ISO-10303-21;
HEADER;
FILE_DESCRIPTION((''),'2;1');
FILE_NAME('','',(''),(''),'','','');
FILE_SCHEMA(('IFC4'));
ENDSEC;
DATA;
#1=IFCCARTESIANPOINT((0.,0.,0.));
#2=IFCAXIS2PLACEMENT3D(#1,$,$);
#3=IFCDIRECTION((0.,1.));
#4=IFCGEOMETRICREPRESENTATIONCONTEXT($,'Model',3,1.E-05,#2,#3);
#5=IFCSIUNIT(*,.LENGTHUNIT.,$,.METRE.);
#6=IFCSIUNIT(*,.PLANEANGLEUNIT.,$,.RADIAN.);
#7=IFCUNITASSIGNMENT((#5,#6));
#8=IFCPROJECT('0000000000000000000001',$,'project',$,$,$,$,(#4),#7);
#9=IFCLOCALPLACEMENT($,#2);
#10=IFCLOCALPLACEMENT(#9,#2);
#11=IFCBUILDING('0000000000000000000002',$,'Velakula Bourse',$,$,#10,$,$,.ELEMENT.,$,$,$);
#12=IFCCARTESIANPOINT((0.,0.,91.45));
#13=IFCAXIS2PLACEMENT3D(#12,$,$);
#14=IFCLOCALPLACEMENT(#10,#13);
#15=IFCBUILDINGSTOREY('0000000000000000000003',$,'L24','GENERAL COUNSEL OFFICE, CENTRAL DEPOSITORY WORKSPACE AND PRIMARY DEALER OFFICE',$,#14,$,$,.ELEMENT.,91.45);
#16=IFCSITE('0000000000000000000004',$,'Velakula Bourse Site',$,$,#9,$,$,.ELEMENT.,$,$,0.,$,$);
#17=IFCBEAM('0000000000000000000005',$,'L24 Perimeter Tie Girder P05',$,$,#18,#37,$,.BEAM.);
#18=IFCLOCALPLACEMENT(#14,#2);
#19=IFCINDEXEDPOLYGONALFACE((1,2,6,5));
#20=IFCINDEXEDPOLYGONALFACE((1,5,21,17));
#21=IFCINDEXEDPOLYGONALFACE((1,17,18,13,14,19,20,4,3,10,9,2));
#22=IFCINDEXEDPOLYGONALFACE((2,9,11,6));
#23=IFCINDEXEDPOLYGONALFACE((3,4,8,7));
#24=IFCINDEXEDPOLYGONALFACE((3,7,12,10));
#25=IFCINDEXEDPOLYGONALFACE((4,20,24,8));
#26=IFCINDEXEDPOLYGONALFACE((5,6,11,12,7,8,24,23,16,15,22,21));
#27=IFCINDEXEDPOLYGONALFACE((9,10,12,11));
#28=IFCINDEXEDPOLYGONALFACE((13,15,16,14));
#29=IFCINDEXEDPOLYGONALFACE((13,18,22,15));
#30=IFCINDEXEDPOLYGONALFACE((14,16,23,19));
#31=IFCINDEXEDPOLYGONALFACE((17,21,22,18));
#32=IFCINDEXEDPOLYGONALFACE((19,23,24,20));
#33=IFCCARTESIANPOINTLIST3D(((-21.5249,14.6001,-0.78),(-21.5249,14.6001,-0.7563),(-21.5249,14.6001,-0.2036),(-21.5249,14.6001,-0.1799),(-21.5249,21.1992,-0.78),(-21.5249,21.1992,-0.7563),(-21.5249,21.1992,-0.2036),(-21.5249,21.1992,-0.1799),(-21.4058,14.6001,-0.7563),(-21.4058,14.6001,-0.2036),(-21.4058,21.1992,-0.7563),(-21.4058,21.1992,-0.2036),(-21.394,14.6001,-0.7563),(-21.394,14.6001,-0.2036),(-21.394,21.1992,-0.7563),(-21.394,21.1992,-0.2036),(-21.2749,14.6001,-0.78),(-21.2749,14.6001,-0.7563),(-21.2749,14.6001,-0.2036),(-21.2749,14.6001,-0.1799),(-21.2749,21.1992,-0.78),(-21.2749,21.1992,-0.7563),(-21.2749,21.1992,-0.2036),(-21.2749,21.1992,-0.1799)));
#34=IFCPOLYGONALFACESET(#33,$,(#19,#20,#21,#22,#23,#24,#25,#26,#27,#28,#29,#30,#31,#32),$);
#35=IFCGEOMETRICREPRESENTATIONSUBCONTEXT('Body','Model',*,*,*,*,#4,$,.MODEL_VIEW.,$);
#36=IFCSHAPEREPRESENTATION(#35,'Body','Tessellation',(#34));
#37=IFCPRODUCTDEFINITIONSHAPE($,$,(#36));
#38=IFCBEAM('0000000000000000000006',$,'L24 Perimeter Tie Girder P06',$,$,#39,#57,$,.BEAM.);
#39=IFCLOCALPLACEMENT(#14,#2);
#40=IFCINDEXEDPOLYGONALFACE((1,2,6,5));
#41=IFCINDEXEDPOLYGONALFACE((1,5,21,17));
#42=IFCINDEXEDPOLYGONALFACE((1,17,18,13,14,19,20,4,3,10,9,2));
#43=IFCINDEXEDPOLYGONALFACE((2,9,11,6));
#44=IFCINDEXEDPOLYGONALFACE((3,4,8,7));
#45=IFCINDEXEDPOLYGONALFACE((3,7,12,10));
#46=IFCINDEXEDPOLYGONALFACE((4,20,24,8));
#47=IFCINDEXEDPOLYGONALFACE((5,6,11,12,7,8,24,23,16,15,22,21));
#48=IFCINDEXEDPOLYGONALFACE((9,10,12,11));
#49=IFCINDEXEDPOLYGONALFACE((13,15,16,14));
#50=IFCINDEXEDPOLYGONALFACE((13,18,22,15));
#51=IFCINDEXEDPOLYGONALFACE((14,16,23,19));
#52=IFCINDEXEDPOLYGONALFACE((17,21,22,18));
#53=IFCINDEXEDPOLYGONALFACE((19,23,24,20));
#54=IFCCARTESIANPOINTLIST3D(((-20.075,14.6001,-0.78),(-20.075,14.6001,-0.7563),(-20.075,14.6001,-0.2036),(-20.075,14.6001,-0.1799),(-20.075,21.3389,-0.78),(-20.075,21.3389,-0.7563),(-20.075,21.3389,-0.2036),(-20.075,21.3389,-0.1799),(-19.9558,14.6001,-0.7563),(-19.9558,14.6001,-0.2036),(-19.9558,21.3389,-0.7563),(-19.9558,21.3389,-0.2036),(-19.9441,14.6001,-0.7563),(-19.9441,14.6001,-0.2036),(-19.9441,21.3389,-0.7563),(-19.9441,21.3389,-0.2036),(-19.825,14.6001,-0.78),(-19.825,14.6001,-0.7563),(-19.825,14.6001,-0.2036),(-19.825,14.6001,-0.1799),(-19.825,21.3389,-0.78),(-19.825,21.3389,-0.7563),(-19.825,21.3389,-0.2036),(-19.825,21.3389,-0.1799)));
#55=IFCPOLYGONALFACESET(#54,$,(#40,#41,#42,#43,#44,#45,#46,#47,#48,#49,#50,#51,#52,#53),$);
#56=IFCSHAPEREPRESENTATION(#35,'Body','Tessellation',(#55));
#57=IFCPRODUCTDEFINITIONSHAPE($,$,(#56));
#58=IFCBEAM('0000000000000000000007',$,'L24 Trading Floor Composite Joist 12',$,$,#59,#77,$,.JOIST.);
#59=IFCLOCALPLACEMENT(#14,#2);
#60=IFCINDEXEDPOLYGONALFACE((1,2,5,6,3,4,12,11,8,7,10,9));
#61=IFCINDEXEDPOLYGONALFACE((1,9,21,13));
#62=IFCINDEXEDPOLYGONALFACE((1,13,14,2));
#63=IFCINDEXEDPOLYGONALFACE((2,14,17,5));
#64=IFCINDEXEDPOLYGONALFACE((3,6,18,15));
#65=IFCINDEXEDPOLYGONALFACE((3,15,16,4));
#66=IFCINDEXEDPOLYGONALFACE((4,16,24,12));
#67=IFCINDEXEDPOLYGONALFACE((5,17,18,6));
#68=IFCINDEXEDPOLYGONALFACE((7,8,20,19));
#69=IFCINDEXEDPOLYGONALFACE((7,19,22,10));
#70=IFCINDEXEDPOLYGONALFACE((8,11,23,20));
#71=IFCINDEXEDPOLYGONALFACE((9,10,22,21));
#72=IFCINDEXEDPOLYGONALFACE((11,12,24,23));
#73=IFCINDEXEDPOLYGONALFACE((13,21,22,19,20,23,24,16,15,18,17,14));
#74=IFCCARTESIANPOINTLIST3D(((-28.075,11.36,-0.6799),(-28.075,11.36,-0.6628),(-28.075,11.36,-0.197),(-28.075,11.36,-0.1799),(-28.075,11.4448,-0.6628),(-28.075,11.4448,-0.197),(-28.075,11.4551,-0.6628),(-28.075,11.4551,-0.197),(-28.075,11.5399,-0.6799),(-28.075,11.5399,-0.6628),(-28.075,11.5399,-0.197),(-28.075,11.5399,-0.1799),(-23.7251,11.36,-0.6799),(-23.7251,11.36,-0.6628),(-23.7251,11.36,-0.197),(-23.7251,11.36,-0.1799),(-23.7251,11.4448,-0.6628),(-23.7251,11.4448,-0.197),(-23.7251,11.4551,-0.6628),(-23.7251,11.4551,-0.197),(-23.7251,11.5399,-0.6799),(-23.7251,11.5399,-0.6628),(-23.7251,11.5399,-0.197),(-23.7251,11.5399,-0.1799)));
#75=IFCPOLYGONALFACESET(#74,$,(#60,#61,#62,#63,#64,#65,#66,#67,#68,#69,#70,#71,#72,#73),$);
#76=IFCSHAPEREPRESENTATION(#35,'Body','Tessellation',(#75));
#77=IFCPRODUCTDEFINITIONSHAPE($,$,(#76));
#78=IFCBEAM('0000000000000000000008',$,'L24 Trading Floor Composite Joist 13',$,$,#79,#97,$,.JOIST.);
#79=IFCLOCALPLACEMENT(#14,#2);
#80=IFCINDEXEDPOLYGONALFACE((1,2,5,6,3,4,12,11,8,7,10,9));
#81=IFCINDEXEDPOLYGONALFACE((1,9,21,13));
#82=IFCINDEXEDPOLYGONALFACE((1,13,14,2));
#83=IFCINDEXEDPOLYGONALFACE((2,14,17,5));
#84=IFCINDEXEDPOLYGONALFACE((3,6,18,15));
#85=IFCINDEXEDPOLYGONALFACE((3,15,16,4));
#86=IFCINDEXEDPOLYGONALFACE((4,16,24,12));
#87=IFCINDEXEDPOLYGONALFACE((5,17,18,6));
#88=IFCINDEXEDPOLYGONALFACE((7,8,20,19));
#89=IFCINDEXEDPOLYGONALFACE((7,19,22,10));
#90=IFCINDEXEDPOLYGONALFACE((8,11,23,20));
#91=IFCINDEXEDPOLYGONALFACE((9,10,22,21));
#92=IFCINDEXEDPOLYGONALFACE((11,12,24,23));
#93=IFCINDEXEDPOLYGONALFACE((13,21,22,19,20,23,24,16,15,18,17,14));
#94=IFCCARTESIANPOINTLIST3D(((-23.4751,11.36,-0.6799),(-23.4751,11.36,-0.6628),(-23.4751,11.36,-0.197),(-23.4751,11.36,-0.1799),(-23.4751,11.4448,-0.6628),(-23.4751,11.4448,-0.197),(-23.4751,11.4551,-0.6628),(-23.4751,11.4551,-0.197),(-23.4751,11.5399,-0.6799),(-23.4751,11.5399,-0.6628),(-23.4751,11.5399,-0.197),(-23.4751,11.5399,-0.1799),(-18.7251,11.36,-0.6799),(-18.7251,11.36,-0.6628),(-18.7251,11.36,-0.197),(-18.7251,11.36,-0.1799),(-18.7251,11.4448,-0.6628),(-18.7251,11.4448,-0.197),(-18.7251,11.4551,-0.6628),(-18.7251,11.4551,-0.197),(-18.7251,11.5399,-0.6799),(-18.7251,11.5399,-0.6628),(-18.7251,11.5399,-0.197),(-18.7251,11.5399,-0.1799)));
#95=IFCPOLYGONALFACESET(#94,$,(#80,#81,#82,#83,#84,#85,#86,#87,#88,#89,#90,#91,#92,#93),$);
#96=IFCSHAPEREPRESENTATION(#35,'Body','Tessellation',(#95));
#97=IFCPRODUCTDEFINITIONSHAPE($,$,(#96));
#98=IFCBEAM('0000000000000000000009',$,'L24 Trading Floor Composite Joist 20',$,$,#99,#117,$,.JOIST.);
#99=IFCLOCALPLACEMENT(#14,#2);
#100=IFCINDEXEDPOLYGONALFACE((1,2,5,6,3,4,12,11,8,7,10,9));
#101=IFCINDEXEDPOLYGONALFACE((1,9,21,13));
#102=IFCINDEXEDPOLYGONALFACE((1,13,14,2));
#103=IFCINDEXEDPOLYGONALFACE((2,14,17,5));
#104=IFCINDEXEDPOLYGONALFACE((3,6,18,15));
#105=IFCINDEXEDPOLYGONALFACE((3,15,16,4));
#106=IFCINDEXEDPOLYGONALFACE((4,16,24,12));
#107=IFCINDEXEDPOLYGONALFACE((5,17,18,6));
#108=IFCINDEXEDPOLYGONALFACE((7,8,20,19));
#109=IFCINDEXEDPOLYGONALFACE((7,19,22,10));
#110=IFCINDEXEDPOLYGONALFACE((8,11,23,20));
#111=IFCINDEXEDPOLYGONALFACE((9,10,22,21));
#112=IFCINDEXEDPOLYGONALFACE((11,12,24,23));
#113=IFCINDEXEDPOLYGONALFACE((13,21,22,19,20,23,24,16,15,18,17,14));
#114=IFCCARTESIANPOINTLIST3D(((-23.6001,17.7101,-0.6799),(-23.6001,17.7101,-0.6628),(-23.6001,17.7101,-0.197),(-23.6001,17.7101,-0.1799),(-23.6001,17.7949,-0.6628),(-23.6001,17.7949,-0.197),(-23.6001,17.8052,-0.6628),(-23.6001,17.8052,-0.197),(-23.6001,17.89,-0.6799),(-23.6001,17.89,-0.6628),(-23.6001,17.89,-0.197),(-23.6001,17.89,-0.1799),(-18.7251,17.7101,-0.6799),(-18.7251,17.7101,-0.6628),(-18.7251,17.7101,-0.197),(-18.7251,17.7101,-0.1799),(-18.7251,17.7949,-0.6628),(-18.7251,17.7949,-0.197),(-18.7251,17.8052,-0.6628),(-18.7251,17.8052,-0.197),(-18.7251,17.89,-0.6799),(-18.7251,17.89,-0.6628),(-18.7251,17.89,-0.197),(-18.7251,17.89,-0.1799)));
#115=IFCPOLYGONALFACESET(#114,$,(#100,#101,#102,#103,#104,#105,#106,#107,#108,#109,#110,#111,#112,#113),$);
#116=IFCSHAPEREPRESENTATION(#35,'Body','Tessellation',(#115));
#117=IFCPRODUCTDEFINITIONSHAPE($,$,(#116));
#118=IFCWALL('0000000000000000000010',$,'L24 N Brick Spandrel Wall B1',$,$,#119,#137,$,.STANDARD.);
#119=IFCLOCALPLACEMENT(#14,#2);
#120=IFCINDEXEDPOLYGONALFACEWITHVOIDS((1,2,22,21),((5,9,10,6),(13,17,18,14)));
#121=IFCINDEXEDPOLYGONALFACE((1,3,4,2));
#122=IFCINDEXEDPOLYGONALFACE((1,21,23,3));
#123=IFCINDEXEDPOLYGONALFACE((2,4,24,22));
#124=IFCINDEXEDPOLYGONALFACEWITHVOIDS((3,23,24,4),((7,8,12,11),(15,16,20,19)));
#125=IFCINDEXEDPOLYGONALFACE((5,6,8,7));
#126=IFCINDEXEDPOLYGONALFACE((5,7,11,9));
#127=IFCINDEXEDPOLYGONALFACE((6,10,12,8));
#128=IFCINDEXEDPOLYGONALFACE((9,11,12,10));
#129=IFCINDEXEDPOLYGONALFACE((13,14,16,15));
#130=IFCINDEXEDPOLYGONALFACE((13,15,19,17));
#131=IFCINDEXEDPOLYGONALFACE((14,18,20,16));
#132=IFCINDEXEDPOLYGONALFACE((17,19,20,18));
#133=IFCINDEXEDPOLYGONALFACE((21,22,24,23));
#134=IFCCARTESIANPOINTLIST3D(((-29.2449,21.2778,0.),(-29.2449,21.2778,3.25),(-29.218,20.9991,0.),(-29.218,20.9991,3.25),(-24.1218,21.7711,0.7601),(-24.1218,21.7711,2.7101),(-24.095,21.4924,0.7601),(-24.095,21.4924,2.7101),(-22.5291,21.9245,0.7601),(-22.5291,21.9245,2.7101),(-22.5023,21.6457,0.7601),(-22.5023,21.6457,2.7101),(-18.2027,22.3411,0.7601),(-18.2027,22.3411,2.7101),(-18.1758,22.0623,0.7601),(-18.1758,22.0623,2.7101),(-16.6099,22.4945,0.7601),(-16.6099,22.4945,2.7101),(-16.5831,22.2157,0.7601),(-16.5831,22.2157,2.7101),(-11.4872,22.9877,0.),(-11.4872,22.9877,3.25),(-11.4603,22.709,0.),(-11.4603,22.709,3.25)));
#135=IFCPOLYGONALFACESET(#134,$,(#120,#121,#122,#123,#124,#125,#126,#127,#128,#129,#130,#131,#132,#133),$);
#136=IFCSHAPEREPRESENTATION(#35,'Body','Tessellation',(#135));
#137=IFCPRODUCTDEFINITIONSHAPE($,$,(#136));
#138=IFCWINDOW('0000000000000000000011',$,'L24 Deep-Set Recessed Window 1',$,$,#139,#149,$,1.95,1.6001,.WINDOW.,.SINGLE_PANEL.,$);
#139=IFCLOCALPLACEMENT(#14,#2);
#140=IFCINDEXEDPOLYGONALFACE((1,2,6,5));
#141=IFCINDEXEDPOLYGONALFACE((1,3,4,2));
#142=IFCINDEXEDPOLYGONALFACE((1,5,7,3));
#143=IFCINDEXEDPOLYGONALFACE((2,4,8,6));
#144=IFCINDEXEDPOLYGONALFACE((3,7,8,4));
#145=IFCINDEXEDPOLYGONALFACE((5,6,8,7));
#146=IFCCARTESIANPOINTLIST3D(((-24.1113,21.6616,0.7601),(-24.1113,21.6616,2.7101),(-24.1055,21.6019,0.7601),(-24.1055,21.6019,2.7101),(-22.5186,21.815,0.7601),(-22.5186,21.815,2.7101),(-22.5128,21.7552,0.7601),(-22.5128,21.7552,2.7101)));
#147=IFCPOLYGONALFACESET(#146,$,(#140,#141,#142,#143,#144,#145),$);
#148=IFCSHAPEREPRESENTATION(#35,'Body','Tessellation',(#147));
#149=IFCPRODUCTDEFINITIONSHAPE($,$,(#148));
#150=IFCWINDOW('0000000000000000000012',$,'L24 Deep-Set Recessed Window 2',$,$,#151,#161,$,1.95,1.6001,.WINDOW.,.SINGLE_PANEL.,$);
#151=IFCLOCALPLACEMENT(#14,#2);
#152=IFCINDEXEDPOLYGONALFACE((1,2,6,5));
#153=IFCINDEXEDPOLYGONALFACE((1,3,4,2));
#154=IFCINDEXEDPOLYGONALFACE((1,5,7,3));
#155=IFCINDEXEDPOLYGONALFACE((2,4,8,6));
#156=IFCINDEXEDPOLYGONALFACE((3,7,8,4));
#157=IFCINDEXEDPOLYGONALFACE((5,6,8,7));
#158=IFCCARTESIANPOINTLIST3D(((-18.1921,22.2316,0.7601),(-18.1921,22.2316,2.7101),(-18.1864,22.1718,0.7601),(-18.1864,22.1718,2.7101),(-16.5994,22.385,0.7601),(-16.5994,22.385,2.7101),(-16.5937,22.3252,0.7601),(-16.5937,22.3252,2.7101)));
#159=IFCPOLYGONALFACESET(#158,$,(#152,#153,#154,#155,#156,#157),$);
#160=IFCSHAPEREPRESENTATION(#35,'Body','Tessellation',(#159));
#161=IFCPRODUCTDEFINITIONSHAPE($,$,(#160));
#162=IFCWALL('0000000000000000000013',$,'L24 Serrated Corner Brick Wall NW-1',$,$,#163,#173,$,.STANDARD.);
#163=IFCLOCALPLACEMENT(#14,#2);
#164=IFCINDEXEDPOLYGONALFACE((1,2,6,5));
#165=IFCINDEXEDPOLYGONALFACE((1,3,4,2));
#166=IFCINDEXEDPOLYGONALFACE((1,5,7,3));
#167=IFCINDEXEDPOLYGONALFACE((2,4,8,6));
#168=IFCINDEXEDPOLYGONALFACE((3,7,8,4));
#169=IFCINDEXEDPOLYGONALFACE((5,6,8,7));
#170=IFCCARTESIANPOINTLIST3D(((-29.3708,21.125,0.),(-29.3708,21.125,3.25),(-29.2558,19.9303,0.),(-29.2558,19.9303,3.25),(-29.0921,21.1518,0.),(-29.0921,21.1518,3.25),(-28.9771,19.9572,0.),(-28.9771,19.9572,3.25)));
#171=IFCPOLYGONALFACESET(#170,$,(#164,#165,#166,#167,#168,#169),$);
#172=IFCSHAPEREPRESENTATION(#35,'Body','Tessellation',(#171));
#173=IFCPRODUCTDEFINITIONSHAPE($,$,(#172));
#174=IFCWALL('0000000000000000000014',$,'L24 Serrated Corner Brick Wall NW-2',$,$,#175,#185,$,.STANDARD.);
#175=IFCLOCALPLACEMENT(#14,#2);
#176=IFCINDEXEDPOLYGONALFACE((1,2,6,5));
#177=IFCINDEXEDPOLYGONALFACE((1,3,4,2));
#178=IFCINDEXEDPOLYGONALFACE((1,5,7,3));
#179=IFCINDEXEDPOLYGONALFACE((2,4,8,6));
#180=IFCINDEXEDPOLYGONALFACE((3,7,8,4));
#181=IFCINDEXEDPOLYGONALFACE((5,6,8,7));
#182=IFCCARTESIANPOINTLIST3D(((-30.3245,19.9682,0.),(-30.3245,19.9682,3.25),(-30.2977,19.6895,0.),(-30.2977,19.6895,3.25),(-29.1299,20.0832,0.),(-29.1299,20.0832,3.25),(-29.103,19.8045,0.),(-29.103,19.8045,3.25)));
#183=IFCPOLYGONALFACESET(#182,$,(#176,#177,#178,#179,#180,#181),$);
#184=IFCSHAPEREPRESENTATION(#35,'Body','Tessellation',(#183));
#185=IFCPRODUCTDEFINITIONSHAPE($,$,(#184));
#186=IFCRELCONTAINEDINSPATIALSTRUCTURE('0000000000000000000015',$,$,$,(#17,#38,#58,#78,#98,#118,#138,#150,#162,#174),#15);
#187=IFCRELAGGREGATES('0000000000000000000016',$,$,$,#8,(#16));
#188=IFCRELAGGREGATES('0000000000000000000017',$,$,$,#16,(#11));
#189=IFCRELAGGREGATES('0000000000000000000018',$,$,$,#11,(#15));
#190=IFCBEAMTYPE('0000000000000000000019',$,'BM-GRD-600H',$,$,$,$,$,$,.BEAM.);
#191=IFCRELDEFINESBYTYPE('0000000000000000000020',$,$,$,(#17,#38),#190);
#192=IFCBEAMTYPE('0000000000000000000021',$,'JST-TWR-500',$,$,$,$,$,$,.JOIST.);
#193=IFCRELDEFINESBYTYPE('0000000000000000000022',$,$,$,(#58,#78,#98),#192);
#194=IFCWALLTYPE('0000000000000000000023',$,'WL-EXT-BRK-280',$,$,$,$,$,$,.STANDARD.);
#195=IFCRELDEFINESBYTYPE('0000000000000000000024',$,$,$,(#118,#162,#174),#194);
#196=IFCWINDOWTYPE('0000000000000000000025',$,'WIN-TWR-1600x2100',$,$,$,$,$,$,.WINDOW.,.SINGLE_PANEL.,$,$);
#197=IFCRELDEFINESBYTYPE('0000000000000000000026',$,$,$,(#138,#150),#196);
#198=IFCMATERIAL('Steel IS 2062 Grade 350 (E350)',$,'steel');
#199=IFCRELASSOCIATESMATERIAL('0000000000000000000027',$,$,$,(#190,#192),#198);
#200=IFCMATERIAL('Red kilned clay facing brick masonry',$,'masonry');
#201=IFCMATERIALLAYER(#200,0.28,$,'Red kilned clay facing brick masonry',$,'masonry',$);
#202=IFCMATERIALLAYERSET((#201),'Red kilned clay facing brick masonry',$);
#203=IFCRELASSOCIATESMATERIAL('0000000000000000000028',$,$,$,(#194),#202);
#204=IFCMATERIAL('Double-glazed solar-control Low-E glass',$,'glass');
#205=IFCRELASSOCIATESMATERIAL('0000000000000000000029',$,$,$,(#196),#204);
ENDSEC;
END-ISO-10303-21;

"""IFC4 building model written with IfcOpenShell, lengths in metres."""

from ifc_helpers import new_model, si_unit, direction, frame, frame_2d, origin, origin_2d, place, context, subcontext, project, spatial, rectangle, i_section, extrude, material, layer, layer_set, material_profile, profile_set, type_object, element, fill, save


model = new_model("IFC4")

# Units and contexts
model_context = context("Model", 3, precision=1e-05, world=origin(), true_north=direction((0.0, 1.0)))
body_context = subcontext(model_context, "Body", "Model", "MODEL_VIEW")
ifc_project = project(units=[si_unit("LENGTHUNIT", "METRE"), si_unit("PLANEANGLEUNIT", "RADIAN")], contexts=[model_context])

# Site, building, storey
site_placement = place(None, origin())
site = spatial("IfcSite", under=ifc_project, at=site_placement, Name="Velakula Bourse Site", CompositionType="ELEMENT", RefElevation=0.0)
building_placement = place(site_placement, origin())
building = spatial("IfcBuilding", under=site, at=building_placement, Name="Velakula Bourse", CompositionType="ELEMENT")
storey_placement = place(building_placement, frame((0.0, 0.0, 91.45)))
storey = spatial("IfcBuildingStorey", under=building, at=storey_placement, Name="L24", Description="GENERAL COUNSEL OFFICE, CENTRAL DEPOSITORY WORKSPACE AND PRIMARY DEALER OFFICE", CompositionType="ELEMENT", Elevation=91.45)

# Beams
ifc_material_1 = material(Name="Steel IS 2062 Grade 350 (E350)", Category="steel")
ifc_material_profile_1 = material_profile(ifc_material_1, i_section(OverallWidth=0.25, OverallDepth=0.6001, WebThickness=0.0117, FlangeThickness=0.0237, at=origin_2d()), Name="Steel IS 2062 Grade 350 (E350)")
ifc_profile_set_1 = profile_set([ifc_material_profile_1], Name="Steel IS 2062 Grade 350 (E350)")
beam_type_1 = type_object("IfcBeamType", Name="BM-GRD-600H", PredefinedType="BEAM", material=ifc_profile_set_1)
beam_1_placement = place(storey_placement, frame((-21.3999, 14.6001, -0.48), z_axis=(0.0, 1.0, 0.0), x_axis=(-1.0, 0.0, 0.0)))
element("IfcBeam", 1, at=beam_1_placement, inside=storey, type_object=beam_type_1, Name="L24 Perimeter Tie Girder P05", PredefinedType="BEAM", context=body_context, shape_type="SweptSolid", body=[
    extrude(i_section(OverallWidth=0.25, OverallDepth=0.6001, WebThickness=0.0117, FlangeThickness=0.0237, at=origin_2d()), origin(), (0.0, 0.0, 1.0), 6.5991),
])
beam_2_placement = place(storey_placement, frame((-19.95, 14.6001, -0.48), z_axis=(0.0, 1.0, 0.0), x_axis=(-1.0, 0.0, 0.0)))
element("IfcBeam", 2, at=beam_2_placement, inside=storey, type_object=beam_type_1, Name="L24 Perimeter Tie Girder P06", PredefinedType="BEAM", context=body_context, shape_type="SweptSolid", body=[
    extrude(i_section(OverallWidth=0.25, OverallDepth=0.6001, WebThickness=0.0117, FlangeThickness=0.0237, at=origin_2d()), origin(), (0.0, 0.0, 1.0), 6.7388),
])
ifc_material_profile_2 = material_profile(ifc_material_1, i_section(OverallWidth=0.1799, OverallDepth=0.5, WebThickness=0.0103, FlangeThickness=0.0171, at=origin_2d()), Name="Steel IS 2062 Grade 350 (E350)")
ifc_profile_set_2 = profile_set([ifc_material_profile_2], Name="Steel IS 2062 Grade 350 (E350)")
beam_type_2 = type_object("IfcBeamType", Name="JST-TWR-500", PredefinedType="JOIST", material=ifc_profile_set_2)
beam_3_placement = place(storey_placement, frame((-28.075, 11.45, -0.4299), z_axis=(1.0, 0.0, 0.0), x_axis=(0.0, 1.0, 0.0)))
element("IfcBeam", 3, at=beam_3_placement, inside=storey, type_object=beam_type_2, Name="L24 Trading Floor Composite Joist 12", PredefinedType="JOIST", context=body_context, shape_type="SweptSolid", body=[
    extrude(i_section(OverallWidth=0.1799, OverallDepth=0.5, WebThickness=0.0103, FlangeThickness=0.0171, at=origin_2d()), origin(), (0.0, 0.0, 1.0), 4.3499),
])
beam_4_placement = place(storey_placement, frame((-23.4751, 11.45, -0.4299), z_axis=(1.0, 0.0, 0.0), x_axis=(0.0, 1.0, 0.0)))
element("IfcBeam", 4, at=beam_4_placement, inside=storey, type_object=beam_type_2, Name="L24 Trading Floor Composite Joist 13", PredefinedType="JOIST", context=body_context, shape_type="SweptSolid", body=[
    extrude(i_section(OverallWidth=0.1799, OverallDepth=0.5, WebThickness=0.0103, FlangeThickness=0.0171, at=origin_2d()), origin(), (0.0, 0.0, 1.0), 4.75),
])
beam_5_placement = place(storey_placement, frame((-23.6001, 17.8, -0.4299), z_axis=(1.0, 0.0, 0.0), x_axis=(0.0, 1.0, 0.0)))
element("IfcBeam", 5, at=beam_5_placement, inside=storey, type_object=beam_type_2, Name="L24 Trading Floor Composite Joist 20", PredefinedType="JOIST", context=body_context, shape_type="SweptSolid", body=[
    extrude(i_section(OverallWidth=0.1799, OverallDepth=0.5, WebThickness=0.0103, FlangeThickness=0.0171, at=origin_2d()), origin(), (0.0, 0.0, 1.0), 4.875),
])

# Wall, openings, windows
ifc_material_2 = material(Name="Red kilned clay facing brick masonry", Category="masonry")
ifc_layer_1 = layer(ifc_material_2, 0.28, Name="Red kilned clay facing brick masonry", Category="masonry")
ifc_layer_set_1 = layer_set([ifc_layer_1], Name="Red kilned clay facing brick masonry")
wall_type_1 = type_object("IfcWallType", Name="WL-EXT-BRK-280", PredefinedType="STANDARD", material=ifc_layer_set_1)
wall_1_placement = place(storey_placement, frame((-29.2314, 21.1384, 0.0), z_axis=(0.0, 0.0, 1.0), x_axis=(0.995396, 0.09585, 0.0)))
wall_1 = element("IfcWall", 6, at=wall_1_placement, inside=storey, type_object=wall_type_1, Name="L24 N Brick Spandrel Wall B1", PredefinedType="STANDARD", context=body_context, shape_type="SweptSolid", body=[
    extrude(rectangle(XDim=17.8398, YDim=0.28, at=frame_2d((8.9199, 0.0))), origin(), (0.0, 0.0, 1.0), 3.25),
])
opening_1_placement = place(wall_1_placement, frame((5.1467, 0.0, 0.76)))
opening_1 = element("IfcOpeningElement", 7, at=opening_1_placement, cuts=wall_1, PredefinedType="OPENING", context=body_context, shape_type="SweptSolid", body=[
    extrude(rectangle(XDim=1.6001, YDim=1.95, at=frame_2d((0.8, 0.9751))), frame((0.0, 0.1499, 0.0), z_axis=(0.0, -1.0, 0.0), x_axis=(1.0, 0.0, 0.0)), (0.0, 0.0, 1.0), 0.3),
])
opening_2_placement = place(wall_1_placement, frame((11.0933, 0.0, 0.76)))
opening_2 = element("IfcOpeningElement", 8, at=opening_2_placement, cuts=wall_1, PredefinedType="OPENING", context=body_context, shape_type="SweptSolid", body=[
    extrude(rectangle(XDim=1.6001, YDim=1.95, at=frame_2d((0.8, 0.9751))), frame((0.0, 0.1499, 0.0), z_axis=(0.0, -1.0, 0.0), x_axis=(1.0, 0.0, 0.0)), (0.0, 0.0, 1.0), 0.3),
])
ifc_material_3 = material(Name="Double-glazed solar-control Low-E glass", Category="glass")
window_type = type_object("IfcWindowType", Name="WIN-TWR-1600x2100", PartitioningType="SINGLE_PANEL", PredefinedType="WINDOW", material=ifc_material_3)
window_1_placement = place(opening_1_placement, origin())
window_1 = element("IfcWindow", 9, at=window_1_placement, inside=storey, type_object=window_type, Name="L24 Deep-Set Recessed Window 1", OverallHeight=1.95, OverallWidth=1.6001, PartitioningType="SINGLE_PANEL", PredefinedType="WINDOW", context=body_context, shape_type="SweptSolid", body=[
    extrude(rectangle(XDim=1.6001, YDim=1.95, at=frame_2d((0.8, 0.9751))), frame((0.0, 0.03, 0.0), z_axis=(0.0, -1.0, 0.0), x_axis=(1.0, 0.0, 0.0)), (0.0, 0.0, 1.0), 0.0601),
])
fill(opening_1, window_1)
window_2_placement = place(opening_2_placement, origin())
window_2 = element("IfcWindow", 10, at=window_2_placement, inside=storey, type_object=window_type, Name="L24 Deep-Set Recessed Window 2", OverallHeight=1.95, OverallWidth=1.6001, PartitioningType="SINGLE_PANEL", PredefinedType="WINDOW", context=body_context, shape_type="SweptSolid", body=[
    extrude(rectangle(XDim=1.6001, YDim=1.95, at=frame_2d((0.8, 0.9751))), frame((0.0, 0.03, 0.0), z_axis=(0.0, -1.0, 0.0), x_axis=(1.0, 0.0, 0.0)), (0.0, 0.0, 1.0), 0.0601),
])
fill(opening_2, window_2)

# Walls
for number, where, z_axis, x_axis, name in (
    (11, (-29.2314, 21.1384, 0.0), (0.0, 0.0, 1.0), (0.095817, -0.995399, 0.0), "L24 Serrated Corner Brick Wall NW-1"),
    (12, (-29.1165, 19.9438, 0.0), (0.0, 0.0, 1.0), (-0.995399, -0.095817, 0.0), "L24 Serrated Corner Brick Wall NW-2"),
):
    element("IfcWall", number, at=place(storey_placement, frame(where, z_axis=z_axis, x_axis=x_axis)), inside=storey, type_object=wall_type_1, Name=name, PredefinedType="STANDARD", context=body_context, shape_type="SweptSolid", body=[
        extrude(rectangle(XDim=1.2002, YDim=0.28, at=frame_2d((0.6001, 0.0))), origin(), (0.0, 0.0, 1.0), 3.25),
    ])

save(model, "model.ifc")
